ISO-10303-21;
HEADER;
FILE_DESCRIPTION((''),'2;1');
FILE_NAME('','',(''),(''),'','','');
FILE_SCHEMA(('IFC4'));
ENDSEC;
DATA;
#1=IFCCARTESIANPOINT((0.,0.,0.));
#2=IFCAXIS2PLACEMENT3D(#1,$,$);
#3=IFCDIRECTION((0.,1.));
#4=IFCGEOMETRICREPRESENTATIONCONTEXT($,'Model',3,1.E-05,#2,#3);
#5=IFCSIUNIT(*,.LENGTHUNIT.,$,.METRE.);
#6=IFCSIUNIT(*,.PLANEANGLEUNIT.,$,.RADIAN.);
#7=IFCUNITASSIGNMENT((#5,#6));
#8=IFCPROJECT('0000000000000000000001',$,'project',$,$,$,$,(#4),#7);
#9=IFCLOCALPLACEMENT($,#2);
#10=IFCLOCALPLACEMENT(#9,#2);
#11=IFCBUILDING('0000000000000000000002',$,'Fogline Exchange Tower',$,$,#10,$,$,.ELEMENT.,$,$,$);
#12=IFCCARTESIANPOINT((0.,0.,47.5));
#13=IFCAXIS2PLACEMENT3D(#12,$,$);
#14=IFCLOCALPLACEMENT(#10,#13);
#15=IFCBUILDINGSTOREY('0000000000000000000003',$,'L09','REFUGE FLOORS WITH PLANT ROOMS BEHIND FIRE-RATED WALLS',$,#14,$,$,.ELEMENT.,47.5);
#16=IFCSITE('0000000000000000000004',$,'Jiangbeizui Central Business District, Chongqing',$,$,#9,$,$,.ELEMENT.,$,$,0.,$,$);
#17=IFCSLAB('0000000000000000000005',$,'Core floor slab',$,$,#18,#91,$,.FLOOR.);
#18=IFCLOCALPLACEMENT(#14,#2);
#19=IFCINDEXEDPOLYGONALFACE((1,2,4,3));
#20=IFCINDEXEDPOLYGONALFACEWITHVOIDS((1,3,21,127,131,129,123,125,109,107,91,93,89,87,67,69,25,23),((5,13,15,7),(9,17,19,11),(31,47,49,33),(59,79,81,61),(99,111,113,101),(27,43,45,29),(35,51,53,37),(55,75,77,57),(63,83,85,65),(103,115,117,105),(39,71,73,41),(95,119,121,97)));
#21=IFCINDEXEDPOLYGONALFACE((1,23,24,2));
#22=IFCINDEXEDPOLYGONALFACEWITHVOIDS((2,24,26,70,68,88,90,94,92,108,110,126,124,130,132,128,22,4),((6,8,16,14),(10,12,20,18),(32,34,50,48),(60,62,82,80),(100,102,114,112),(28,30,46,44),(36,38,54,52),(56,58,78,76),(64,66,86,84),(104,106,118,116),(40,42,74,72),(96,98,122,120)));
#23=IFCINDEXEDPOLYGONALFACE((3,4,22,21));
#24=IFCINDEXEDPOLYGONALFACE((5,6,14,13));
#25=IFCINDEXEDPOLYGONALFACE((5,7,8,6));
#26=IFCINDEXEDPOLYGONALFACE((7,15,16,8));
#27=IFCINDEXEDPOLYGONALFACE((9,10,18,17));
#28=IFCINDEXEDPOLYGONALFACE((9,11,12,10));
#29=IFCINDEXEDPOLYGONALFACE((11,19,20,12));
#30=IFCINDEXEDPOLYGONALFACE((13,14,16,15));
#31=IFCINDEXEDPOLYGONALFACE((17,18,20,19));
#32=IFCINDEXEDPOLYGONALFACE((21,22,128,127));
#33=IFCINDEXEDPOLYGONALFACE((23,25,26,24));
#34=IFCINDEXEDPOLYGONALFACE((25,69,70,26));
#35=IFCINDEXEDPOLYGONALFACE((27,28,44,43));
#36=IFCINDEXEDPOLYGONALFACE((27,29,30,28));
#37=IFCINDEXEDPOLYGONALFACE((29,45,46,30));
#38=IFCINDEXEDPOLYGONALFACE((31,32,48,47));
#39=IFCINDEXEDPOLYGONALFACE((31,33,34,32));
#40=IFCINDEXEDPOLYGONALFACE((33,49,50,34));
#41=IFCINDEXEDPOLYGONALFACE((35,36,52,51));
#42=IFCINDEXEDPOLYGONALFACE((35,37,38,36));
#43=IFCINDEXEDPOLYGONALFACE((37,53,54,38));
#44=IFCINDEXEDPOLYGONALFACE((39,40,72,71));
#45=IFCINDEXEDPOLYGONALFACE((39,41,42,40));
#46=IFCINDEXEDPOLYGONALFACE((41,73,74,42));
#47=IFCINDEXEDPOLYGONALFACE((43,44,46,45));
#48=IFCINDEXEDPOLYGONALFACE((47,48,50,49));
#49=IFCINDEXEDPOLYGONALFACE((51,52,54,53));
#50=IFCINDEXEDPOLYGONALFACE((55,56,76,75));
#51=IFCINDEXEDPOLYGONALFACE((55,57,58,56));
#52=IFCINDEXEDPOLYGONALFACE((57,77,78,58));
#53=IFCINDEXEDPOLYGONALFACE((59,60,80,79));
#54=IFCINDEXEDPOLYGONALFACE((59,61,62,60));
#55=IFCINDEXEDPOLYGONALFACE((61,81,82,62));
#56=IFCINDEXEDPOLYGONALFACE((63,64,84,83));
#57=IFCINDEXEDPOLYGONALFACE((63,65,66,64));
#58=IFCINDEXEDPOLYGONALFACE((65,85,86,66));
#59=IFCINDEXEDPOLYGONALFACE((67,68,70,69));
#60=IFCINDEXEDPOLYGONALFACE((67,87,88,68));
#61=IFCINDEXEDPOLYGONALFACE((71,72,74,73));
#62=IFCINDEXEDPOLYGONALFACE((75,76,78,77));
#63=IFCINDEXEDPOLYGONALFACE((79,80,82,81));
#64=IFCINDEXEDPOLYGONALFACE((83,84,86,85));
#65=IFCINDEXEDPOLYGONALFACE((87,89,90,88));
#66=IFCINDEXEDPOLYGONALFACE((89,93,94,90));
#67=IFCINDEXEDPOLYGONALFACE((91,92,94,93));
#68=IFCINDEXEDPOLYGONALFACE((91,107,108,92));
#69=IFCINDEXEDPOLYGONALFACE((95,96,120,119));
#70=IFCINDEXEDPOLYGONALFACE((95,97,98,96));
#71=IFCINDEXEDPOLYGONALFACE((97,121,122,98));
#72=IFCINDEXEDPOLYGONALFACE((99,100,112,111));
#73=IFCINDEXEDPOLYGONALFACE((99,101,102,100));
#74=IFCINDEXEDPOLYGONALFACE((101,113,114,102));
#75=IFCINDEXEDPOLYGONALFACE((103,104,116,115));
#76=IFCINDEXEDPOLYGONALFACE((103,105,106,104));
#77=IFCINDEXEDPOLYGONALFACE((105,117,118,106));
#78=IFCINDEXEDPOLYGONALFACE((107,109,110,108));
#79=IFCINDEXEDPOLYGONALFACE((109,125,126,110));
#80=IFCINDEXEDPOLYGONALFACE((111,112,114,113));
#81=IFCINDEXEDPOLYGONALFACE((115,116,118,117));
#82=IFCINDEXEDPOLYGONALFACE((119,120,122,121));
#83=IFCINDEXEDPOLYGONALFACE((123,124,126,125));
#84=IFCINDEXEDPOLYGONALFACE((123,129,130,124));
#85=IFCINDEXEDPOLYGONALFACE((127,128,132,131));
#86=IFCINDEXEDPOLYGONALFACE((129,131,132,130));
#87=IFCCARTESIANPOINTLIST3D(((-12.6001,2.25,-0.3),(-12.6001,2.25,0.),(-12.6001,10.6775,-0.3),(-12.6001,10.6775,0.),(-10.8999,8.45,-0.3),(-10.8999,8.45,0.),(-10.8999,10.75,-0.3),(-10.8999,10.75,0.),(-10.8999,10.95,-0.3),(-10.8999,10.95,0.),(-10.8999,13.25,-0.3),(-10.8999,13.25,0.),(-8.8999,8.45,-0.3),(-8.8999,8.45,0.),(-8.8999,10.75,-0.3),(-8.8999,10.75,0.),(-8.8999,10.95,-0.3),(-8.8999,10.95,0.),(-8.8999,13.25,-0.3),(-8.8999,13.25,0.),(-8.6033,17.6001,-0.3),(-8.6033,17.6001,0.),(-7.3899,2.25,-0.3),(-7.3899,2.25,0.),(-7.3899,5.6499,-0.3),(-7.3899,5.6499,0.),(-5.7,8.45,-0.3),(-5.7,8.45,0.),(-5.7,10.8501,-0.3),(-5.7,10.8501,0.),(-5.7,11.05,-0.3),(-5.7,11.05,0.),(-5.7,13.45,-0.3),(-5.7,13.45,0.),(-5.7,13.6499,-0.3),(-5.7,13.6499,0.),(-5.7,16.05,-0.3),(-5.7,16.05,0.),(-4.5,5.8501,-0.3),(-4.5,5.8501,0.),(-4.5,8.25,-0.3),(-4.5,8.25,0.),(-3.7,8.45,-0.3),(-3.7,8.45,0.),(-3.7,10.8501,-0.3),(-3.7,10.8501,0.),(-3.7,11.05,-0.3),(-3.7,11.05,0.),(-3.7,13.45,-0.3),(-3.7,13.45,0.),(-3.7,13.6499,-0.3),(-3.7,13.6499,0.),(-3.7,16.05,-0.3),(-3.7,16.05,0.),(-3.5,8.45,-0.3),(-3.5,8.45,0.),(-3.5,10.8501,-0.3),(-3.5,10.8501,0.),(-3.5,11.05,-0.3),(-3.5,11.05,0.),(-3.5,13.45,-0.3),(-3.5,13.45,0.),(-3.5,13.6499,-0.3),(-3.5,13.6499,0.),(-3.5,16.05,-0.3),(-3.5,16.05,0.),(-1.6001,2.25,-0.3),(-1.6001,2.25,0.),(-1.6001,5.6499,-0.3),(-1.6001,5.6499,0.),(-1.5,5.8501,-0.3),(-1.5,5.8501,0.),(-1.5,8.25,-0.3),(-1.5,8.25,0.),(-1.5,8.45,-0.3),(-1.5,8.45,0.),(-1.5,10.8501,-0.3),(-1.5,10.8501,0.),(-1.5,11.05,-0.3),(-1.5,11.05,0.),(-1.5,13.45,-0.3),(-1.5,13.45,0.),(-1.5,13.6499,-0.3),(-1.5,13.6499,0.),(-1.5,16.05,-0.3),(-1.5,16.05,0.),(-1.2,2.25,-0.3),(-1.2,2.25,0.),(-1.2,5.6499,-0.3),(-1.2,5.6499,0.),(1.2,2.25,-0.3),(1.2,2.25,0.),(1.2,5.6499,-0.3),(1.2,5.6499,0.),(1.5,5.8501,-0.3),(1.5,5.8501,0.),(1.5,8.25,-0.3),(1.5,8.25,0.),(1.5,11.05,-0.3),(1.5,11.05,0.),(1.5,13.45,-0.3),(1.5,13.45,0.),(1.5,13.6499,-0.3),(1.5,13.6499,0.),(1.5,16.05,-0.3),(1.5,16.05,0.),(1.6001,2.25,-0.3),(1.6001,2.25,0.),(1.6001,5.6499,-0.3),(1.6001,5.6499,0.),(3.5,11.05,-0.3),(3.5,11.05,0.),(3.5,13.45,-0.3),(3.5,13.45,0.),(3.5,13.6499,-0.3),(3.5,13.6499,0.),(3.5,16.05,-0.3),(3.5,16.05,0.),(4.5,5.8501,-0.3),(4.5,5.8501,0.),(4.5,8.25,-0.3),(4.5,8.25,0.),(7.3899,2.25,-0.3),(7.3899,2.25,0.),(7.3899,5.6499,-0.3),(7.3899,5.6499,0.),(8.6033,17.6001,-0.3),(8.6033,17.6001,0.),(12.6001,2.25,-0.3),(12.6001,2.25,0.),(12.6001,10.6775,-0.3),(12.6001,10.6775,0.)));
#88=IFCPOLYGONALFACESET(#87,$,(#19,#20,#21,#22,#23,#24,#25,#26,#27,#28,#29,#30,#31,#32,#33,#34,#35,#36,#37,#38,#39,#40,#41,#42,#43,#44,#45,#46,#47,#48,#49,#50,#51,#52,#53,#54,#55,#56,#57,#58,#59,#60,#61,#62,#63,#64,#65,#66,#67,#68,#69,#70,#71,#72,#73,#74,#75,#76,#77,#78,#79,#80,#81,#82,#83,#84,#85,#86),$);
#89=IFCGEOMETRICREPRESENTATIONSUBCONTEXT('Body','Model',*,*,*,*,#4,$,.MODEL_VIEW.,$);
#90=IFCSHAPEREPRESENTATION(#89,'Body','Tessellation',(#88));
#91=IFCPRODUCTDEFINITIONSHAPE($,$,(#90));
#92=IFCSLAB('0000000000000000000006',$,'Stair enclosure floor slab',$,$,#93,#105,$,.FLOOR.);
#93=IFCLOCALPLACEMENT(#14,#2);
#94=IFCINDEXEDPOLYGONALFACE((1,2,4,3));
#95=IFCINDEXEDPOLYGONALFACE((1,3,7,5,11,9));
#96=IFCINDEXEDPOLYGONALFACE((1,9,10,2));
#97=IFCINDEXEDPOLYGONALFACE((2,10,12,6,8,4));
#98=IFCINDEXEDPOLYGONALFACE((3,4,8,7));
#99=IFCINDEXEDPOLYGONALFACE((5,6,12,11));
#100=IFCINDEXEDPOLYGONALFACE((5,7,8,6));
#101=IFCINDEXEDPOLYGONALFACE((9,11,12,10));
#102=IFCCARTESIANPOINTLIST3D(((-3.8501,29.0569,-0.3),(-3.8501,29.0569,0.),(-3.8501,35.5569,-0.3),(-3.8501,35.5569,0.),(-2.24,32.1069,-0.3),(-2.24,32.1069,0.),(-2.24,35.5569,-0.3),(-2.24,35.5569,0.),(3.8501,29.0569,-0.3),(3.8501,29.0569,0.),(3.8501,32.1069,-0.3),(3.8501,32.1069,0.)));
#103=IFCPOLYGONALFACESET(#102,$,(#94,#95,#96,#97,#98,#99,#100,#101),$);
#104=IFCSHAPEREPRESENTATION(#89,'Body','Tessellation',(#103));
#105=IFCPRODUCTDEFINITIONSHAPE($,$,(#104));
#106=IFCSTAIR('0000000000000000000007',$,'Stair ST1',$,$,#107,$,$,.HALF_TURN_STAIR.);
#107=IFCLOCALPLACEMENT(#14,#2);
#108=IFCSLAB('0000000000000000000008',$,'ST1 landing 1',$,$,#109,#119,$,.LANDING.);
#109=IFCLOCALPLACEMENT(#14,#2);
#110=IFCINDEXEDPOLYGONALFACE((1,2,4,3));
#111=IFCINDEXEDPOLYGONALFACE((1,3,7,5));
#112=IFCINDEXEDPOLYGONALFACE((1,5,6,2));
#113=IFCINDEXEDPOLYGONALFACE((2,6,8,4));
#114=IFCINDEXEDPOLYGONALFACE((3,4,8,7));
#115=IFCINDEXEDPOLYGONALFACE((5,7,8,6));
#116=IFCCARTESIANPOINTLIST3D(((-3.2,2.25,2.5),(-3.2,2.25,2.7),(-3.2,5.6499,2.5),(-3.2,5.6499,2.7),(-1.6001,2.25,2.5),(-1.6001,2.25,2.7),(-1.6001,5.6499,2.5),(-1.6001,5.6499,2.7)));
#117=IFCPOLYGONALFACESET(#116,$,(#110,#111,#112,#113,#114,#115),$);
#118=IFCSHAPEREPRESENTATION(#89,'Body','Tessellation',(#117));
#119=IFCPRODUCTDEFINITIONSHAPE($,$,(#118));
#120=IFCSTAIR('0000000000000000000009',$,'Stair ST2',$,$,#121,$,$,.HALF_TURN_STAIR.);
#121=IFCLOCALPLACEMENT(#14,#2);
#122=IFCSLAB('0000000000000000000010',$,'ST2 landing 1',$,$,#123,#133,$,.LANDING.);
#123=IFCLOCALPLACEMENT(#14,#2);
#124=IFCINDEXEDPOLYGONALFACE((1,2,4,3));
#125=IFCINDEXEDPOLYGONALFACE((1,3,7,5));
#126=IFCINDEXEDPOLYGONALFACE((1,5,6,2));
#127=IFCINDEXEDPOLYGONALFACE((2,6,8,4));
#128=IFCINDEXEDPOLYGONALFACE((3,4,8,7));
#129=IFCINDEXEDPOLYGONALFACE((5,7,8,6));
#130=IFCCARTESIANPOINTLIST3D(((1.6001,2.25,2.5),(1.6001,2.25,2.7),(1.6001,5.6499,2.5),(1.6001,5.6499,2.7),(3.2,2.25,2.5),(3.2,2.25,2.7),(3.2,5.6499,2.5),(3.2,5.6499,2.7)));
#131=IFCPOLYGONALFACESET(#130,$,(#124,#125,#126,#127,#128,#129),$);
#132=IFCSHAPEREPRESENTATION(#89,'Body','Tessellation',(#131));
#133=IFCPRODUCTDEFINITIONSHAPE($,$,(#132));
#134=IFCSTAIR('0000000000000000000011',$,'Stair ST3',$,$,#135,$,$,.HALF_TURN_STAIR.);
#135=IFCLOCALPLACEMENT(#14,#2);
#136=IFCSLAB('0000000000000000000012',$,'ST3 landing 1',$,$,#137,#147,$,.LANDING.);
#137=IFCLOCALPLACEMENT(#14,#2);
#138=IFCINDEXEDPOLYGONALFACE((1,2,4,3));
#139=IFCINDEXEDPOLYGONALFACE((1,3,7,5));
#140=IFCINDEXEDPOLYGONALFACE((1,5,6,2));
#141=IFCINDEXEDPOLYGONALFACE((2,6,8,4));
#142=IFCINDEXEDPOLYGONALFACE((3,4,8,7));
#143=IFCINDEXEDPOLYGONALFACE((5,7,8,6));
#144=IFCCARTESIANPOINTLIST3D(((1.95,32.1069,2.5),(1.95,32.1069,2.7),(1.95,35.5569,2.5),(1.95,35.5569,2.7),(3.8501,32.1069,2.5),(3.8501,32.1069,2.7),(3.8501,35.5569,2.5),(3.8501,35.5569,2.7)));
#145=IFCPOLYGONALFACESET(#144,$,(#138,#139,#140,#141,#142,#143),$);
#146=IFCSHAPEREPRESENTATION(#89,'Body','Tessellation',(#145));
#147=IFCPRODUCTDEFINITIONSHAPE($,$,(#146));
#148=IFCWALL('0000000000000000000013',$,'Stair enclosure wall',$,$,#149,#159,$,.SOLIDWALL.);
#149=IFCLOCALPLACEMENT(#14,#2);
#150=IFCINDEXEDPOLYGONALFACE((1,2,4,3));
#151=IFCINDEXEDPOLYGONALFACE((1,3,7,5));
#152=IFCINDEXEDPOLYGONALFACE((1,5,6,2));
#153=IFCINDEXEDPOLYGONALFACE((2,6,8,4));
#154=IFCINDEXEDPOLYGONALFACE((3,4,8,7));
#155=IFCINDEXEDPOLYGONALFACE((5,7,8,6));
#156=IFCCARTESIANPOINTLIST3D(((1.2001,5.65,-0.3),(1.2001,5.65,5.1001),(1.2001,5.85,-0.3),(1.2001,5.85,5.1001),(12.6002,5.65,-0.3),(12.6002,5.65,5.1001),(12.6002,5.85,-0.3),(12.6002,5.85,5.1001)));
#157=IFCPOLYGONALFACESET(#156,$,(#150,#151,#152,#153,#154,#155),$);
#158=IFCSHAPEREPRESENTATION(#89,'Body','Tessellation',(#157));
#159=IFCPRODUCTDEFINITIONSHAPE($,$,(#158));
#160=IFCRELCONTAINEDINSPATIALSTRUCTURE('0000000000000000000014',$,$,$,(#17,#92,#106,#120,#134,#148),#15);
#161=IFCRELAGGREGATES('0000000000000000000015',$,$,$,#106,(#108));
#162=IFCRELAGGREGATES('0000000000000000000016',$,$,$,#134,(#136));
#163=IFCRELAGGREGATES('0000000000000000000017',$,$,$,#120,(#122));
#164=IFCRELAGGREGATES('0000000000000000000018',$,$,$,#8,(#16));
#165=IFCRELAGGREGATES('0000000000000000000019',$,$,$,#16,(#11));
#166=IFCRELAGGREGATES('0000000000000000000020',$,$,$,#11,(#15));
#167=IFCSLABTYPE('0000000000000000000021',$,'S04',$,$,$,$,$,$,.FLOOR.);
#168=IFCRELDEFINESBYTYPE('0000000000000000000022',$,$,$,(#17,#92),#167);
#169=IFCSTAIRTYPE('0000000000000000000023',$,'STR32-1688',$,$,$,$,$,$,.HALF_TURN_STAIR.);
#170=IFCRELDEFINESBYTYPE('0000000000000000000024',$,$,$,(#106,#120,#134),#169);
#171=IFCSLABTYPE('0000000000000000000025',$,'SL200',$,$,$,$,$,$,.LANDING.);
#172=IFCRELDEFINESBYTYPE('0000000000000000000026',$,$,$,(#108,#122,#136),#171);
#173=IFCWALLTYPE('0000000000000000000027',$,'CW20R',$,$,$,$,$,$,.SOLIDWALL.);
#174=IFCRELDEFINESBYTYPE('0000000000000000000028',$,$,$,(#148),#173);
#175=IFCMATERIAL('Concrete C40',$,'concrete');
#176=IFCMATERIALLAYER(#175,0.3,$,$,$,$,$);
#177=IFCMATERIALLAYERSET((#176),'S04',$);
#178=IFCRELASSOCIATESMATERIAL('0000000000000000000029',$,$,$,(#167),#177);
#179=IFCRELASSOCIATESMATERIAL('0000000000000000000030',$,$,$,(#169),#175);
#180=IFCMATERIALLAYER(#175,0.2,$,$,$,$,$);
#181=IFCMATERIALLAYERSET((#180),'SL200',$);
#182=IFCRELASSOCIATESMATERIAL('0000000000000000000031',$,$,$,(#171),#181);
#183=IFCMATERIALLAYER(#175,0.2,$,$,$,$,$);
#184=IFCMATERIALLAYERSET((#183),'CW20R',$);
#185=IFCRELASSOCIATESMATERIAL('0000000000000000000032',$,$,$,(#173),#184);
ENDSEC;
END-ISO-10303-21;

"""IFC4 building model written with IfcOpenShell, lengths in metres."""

from ifc_helpers import new_model, si_unit, direction, frame, frame_2d, origin, place, context, subcontext, project, spatial, polyline, rectangle, outline, extrude, material, layer, layer_set, type_object, element, aggregate, save


model = new_model("IFC4")

# Units and contexts
model_context = context("Model", 3, precision=1e-05, world=origin(), true_north=direction((0.0, 1.0)))
body_context = subcontext(model_context, "Body", "Model", "MODEL_VIEW")
ifc_project = project(units=[si_unit("LENGTHUNIT", "METRE"), si_unit("PLANEANGLEUNIT", "RADIAN")], contexts=[model_context])

# Site, building, storey
site_placement = place(None, origin())
site = spatial("IfcSite", under=ifc_project, at=site_placement, Name="Jiangbeizui Central Business District, Chongqing", CompositionType="ELEMENT", RefElevation=0.0)
building_placement = place(site_placement, origin())
building = spatial("IfcBuilding", under=site, at=building_placement, Name="Fogline Exchange Tower", CompositionType="ELEMENT")
storey_placement = place(building_placement, frame((0.0, 0.0, 47.5)))
storey = spatial("IfcBuildingStorey", under=building, at=storey_placement, Name="L09", Description="REFUGE FLOORS WITH PLANT ROOMS BEHIND FIRE-RATED WALLS", CompositionType="ELEMENT", Elevation=47.5)

# Slabs
ifc_material_1 = material(Name="Concrete C40", Category="concrete")
ifc_layer_1 = layer(ifc_material_1, 0.3)
ifc_layer_set_1 = layer_set([ifc_layer_1], Name="S04")
slab_type_1 = type_object("IfcSlabType", Name="S04", PredefinedType="FLOOR", material=ifc_layer_set_1)
slab_1_placement = place(storey_placement, frame((0.0, 0.0, -0.3)))
element("IfcSlab", 1, at=slab_1_placement, inside=storey, type_object=slab_type_1, Name="Core floor slab", PredefinedType="FLOOR", context=body_context, shape_type="SweptSolid", body=[
    extrude(outline(polyline([(-12.6001, 2.25), (-12.6001, 10.6775), (-8.6033, 17.6001), (8.6033, 17.6001), (12.6001, 10.6775), (12.6001, 2.25), (7.3899, 2.25), (7.3899, 5.6499), (1.6001, 5.6499), (1.6001, 2.25), (1.2, 2.25), (1.2, 5.6499), (-1.2, 5.6499), (-1.2, 2.25), (-1.6001, 2.25), (-1.6001, 5.6499), (-7.3899, 5.6499), (-7.3899, 2.25), (-12.6001, 2.25)]), holes=[polyline([(-1.5, 8.25), (-4.5, 8.25), (-4.5, 5.8501), (-1.5, 5.8501), (-1.5, 8.25)]), polyline([(-8.8999, 10.75), (-10.8999, 10.75), (-10.8999, 8.45), (-8.8999, 8.45), (-8.8999, 10.75)]), polyline([(-3.7, 10.8501), (-5.7, 10.8501), (-5.7, 8.45), (-3.7, 8.45), (-3.7, 10.8501)]), polyline([(-1.5, 10.8501), (-3.5, 10.8501), (-3.5, 8.45), (-1.5, 8.45), (-1.5, 10.8501)]), polyline([(-8.8999, 13.25), (-10.8999, 13.25), (-10.8999, 10.95), (-8.8999, 10.95), (-8.8999, 13.25)]), polyline([(-3.7, 13.45), (-5.7, 13.45), (-5.7, 11.05), (-3.7, 11.05), (-3.7, 13.45)]), polyline([(-3.7, 16.05), (-5.7, 16.05), (-5.7, 13.6499), (-3.7, 13.6499), (-3.7, 16.05)]), polyline([(4.5, 8.25), (1.5, 8.25), (1.5, 5.8501), (4.5, 5.8501), (4.5, 8.25)]), polyline([(-1.5, 13.45), (-3.5, 13.45), (-3.5, 11.05), (-1.5, 11.05), (-1.5, 13.45)]), polyline([(3.5, 13.45), (1.5, 13.45), (1.5, 11.05), (3.5, 11.05), (3.5, 13.45)]), polyline([(-1.5, 16.05), (-3.5, 16.05), (-3.5, 13.6499), (-1.5, 13.6499), (-1.5, 16.05)]), polyline([(3.5, 16.05), (1.5, 16.05), (1.5, 13.6499), (3.5, 13.6499), (3.5, 16.05)])]), origin(), (0.0, 0.0, 1.0), 0.3),
])
slab_2_placement = place(storey_placement, frame((0.0, 0.0, -0.3)))
element("IfcSlab", 2, at=slab_2_placement, inside=storey, type_object=slab_type_1, Name="Stair enclosure floor slab", PredefinedType="FLOOR", context=body_context, shape_type="SweptSolid", body=[
    extrude(outline(polyline([(3.8501, 29.0569), (-3.8501, 29.0569), (-3.8501, 35.5569), (-2.24, 35.5569), (-2.24, 32.1069), (3.8501, 32.1069), (3.8501, 29.0569)])), origin(), (0.0, 0.0, 1.0), 0.3),
])

# Stairs, slabs
stair_type = type_object("IfcStairType", Name="STR32-1688", PredefinedType="HALF_TURN_STAIR", material=ifc_material_1)
stair_1_placement = place(storey_placement, origin())
stair_1 = element("IfcStair", 3, at=stair_1_placement, inside=storey, type_object=stair_type, Name="Stair ST1", PredefinedType="HALF_TURN_STAIR")
ifc_layer_2 = layer(ifc_material_1, 0.2)
ifc_layer_set_2 = layer_set([ifc_layer_2], Name="SL200")
slab_type_2 = type_object("IfcSlabType", Name="SL200", PredefinedType="LANDING", material=ifc_layer_set_2)
slab_3_placement = place(storey_placement, frame((0.0, 0.0, 2.5)))
slab_3 = element("IfcSlab", 4, at=slab_3_placement, type_object=slab_type_2, Name="ST1 landing 1", PredefinedType="LANDING", context=body_context, shape_type="SweptSolid", body=[
    extrude(outline(polyline([(-3.2, 2.25), (-1.6001, 2.25), (-1.6001, 5.6499), (-3.2, 5.6499), (-3.2, 2.25)])), origin(), (0.0, 0.0, 1.0), 0.2),
])
aggregate(stair_1, [slab_3])
stair_2_placement = place(storey_placement, origin())
stair_2 = element("IfcStair", 5, at=stair_2_placement, inside=storey, type_object=stair_type, Name="Stair ST2", PredefinedType="HALF_TURN_STAIR")
slab_4_placement = place(storey_placement, frame((0.0, 0.0, 2.5)))
slab_4 = element("IfcSlab", 6, at=slab_4_placement, type_object=slab_type_2, Name="ST2 landing 1", PredefinedType="LANDING", context=body_context, shape_type="SweptSolid", body=[
    extrude(outline(polyline([(1.6001, 2.25), (3.2, 2.25), (3.2, 5.6499), (1.6001, 5.6499), (1.6001, 2.25)])), origin(), (0.0, 0.0, 1.0), 0.2),
])
stair_3_placement = place(storey_placement, origin())
stair_3 = element("IfcStair", 7, at=stair_3_placement, inside=storey, type_object=stair_type, Name="Stair ST3", PredefinedType="HALF_TURN_STAIR")
slab_5_placement = place(storey_placement, frame((0.0, 0.0, 2.5)))
slab_5 = element("IfcSlab", 8, at=slab_5_placement, type_object=slab_type_2, Name="ST3 landing 1", PredefinedType="LANDING", context=body_context, shape_type="SweptSolid", body=[
    extrude(outline(polyline([(1.95, 32.1069), (3.8501, 32.1069), (3.8501, 35.5569), (1.95, 35.5569), (1.95, 32.1069)])), origin(), (0.0, 0.0, 1.0), 0.2),
])
aggregate(stair_3, [slab_5])

# Wall
ifc_layer_3 = layer(ifc_material_1, 0.2)
ifc_layer_set_3 = layer_set([ifc_layer_3], Name="CW20R")
wall_type_1 = type_object("IfcWallType", Name="CW20R", PredefinedType="SOLIDWALL", material=ifc_layer_set_3)
wall_1_placement = place(storey_placement, frame((1.2, 5.75, -0.3), z_axis=(0.0, 0.0, 1.0), x_axis=(1.0, 0.0, 0.0)))
element("IfcWall", 9, at=wall_1_placement, inside=storey, type_object=wall_type_1, Name="Stair enclosure wall", PredefinedType="SOLIDWALL", context=body_context, shape_type="SweptSolid", body=[
    extrude(rectangle(XDim=11.4001, YDim=0.2, at=frame_2d((5.7002, 0.0))), origin(), (0.0, 0.0, 1.0), 5.4001),
])

aggregate(stair_2, [slab_4])

save(model, "model.ifc")
